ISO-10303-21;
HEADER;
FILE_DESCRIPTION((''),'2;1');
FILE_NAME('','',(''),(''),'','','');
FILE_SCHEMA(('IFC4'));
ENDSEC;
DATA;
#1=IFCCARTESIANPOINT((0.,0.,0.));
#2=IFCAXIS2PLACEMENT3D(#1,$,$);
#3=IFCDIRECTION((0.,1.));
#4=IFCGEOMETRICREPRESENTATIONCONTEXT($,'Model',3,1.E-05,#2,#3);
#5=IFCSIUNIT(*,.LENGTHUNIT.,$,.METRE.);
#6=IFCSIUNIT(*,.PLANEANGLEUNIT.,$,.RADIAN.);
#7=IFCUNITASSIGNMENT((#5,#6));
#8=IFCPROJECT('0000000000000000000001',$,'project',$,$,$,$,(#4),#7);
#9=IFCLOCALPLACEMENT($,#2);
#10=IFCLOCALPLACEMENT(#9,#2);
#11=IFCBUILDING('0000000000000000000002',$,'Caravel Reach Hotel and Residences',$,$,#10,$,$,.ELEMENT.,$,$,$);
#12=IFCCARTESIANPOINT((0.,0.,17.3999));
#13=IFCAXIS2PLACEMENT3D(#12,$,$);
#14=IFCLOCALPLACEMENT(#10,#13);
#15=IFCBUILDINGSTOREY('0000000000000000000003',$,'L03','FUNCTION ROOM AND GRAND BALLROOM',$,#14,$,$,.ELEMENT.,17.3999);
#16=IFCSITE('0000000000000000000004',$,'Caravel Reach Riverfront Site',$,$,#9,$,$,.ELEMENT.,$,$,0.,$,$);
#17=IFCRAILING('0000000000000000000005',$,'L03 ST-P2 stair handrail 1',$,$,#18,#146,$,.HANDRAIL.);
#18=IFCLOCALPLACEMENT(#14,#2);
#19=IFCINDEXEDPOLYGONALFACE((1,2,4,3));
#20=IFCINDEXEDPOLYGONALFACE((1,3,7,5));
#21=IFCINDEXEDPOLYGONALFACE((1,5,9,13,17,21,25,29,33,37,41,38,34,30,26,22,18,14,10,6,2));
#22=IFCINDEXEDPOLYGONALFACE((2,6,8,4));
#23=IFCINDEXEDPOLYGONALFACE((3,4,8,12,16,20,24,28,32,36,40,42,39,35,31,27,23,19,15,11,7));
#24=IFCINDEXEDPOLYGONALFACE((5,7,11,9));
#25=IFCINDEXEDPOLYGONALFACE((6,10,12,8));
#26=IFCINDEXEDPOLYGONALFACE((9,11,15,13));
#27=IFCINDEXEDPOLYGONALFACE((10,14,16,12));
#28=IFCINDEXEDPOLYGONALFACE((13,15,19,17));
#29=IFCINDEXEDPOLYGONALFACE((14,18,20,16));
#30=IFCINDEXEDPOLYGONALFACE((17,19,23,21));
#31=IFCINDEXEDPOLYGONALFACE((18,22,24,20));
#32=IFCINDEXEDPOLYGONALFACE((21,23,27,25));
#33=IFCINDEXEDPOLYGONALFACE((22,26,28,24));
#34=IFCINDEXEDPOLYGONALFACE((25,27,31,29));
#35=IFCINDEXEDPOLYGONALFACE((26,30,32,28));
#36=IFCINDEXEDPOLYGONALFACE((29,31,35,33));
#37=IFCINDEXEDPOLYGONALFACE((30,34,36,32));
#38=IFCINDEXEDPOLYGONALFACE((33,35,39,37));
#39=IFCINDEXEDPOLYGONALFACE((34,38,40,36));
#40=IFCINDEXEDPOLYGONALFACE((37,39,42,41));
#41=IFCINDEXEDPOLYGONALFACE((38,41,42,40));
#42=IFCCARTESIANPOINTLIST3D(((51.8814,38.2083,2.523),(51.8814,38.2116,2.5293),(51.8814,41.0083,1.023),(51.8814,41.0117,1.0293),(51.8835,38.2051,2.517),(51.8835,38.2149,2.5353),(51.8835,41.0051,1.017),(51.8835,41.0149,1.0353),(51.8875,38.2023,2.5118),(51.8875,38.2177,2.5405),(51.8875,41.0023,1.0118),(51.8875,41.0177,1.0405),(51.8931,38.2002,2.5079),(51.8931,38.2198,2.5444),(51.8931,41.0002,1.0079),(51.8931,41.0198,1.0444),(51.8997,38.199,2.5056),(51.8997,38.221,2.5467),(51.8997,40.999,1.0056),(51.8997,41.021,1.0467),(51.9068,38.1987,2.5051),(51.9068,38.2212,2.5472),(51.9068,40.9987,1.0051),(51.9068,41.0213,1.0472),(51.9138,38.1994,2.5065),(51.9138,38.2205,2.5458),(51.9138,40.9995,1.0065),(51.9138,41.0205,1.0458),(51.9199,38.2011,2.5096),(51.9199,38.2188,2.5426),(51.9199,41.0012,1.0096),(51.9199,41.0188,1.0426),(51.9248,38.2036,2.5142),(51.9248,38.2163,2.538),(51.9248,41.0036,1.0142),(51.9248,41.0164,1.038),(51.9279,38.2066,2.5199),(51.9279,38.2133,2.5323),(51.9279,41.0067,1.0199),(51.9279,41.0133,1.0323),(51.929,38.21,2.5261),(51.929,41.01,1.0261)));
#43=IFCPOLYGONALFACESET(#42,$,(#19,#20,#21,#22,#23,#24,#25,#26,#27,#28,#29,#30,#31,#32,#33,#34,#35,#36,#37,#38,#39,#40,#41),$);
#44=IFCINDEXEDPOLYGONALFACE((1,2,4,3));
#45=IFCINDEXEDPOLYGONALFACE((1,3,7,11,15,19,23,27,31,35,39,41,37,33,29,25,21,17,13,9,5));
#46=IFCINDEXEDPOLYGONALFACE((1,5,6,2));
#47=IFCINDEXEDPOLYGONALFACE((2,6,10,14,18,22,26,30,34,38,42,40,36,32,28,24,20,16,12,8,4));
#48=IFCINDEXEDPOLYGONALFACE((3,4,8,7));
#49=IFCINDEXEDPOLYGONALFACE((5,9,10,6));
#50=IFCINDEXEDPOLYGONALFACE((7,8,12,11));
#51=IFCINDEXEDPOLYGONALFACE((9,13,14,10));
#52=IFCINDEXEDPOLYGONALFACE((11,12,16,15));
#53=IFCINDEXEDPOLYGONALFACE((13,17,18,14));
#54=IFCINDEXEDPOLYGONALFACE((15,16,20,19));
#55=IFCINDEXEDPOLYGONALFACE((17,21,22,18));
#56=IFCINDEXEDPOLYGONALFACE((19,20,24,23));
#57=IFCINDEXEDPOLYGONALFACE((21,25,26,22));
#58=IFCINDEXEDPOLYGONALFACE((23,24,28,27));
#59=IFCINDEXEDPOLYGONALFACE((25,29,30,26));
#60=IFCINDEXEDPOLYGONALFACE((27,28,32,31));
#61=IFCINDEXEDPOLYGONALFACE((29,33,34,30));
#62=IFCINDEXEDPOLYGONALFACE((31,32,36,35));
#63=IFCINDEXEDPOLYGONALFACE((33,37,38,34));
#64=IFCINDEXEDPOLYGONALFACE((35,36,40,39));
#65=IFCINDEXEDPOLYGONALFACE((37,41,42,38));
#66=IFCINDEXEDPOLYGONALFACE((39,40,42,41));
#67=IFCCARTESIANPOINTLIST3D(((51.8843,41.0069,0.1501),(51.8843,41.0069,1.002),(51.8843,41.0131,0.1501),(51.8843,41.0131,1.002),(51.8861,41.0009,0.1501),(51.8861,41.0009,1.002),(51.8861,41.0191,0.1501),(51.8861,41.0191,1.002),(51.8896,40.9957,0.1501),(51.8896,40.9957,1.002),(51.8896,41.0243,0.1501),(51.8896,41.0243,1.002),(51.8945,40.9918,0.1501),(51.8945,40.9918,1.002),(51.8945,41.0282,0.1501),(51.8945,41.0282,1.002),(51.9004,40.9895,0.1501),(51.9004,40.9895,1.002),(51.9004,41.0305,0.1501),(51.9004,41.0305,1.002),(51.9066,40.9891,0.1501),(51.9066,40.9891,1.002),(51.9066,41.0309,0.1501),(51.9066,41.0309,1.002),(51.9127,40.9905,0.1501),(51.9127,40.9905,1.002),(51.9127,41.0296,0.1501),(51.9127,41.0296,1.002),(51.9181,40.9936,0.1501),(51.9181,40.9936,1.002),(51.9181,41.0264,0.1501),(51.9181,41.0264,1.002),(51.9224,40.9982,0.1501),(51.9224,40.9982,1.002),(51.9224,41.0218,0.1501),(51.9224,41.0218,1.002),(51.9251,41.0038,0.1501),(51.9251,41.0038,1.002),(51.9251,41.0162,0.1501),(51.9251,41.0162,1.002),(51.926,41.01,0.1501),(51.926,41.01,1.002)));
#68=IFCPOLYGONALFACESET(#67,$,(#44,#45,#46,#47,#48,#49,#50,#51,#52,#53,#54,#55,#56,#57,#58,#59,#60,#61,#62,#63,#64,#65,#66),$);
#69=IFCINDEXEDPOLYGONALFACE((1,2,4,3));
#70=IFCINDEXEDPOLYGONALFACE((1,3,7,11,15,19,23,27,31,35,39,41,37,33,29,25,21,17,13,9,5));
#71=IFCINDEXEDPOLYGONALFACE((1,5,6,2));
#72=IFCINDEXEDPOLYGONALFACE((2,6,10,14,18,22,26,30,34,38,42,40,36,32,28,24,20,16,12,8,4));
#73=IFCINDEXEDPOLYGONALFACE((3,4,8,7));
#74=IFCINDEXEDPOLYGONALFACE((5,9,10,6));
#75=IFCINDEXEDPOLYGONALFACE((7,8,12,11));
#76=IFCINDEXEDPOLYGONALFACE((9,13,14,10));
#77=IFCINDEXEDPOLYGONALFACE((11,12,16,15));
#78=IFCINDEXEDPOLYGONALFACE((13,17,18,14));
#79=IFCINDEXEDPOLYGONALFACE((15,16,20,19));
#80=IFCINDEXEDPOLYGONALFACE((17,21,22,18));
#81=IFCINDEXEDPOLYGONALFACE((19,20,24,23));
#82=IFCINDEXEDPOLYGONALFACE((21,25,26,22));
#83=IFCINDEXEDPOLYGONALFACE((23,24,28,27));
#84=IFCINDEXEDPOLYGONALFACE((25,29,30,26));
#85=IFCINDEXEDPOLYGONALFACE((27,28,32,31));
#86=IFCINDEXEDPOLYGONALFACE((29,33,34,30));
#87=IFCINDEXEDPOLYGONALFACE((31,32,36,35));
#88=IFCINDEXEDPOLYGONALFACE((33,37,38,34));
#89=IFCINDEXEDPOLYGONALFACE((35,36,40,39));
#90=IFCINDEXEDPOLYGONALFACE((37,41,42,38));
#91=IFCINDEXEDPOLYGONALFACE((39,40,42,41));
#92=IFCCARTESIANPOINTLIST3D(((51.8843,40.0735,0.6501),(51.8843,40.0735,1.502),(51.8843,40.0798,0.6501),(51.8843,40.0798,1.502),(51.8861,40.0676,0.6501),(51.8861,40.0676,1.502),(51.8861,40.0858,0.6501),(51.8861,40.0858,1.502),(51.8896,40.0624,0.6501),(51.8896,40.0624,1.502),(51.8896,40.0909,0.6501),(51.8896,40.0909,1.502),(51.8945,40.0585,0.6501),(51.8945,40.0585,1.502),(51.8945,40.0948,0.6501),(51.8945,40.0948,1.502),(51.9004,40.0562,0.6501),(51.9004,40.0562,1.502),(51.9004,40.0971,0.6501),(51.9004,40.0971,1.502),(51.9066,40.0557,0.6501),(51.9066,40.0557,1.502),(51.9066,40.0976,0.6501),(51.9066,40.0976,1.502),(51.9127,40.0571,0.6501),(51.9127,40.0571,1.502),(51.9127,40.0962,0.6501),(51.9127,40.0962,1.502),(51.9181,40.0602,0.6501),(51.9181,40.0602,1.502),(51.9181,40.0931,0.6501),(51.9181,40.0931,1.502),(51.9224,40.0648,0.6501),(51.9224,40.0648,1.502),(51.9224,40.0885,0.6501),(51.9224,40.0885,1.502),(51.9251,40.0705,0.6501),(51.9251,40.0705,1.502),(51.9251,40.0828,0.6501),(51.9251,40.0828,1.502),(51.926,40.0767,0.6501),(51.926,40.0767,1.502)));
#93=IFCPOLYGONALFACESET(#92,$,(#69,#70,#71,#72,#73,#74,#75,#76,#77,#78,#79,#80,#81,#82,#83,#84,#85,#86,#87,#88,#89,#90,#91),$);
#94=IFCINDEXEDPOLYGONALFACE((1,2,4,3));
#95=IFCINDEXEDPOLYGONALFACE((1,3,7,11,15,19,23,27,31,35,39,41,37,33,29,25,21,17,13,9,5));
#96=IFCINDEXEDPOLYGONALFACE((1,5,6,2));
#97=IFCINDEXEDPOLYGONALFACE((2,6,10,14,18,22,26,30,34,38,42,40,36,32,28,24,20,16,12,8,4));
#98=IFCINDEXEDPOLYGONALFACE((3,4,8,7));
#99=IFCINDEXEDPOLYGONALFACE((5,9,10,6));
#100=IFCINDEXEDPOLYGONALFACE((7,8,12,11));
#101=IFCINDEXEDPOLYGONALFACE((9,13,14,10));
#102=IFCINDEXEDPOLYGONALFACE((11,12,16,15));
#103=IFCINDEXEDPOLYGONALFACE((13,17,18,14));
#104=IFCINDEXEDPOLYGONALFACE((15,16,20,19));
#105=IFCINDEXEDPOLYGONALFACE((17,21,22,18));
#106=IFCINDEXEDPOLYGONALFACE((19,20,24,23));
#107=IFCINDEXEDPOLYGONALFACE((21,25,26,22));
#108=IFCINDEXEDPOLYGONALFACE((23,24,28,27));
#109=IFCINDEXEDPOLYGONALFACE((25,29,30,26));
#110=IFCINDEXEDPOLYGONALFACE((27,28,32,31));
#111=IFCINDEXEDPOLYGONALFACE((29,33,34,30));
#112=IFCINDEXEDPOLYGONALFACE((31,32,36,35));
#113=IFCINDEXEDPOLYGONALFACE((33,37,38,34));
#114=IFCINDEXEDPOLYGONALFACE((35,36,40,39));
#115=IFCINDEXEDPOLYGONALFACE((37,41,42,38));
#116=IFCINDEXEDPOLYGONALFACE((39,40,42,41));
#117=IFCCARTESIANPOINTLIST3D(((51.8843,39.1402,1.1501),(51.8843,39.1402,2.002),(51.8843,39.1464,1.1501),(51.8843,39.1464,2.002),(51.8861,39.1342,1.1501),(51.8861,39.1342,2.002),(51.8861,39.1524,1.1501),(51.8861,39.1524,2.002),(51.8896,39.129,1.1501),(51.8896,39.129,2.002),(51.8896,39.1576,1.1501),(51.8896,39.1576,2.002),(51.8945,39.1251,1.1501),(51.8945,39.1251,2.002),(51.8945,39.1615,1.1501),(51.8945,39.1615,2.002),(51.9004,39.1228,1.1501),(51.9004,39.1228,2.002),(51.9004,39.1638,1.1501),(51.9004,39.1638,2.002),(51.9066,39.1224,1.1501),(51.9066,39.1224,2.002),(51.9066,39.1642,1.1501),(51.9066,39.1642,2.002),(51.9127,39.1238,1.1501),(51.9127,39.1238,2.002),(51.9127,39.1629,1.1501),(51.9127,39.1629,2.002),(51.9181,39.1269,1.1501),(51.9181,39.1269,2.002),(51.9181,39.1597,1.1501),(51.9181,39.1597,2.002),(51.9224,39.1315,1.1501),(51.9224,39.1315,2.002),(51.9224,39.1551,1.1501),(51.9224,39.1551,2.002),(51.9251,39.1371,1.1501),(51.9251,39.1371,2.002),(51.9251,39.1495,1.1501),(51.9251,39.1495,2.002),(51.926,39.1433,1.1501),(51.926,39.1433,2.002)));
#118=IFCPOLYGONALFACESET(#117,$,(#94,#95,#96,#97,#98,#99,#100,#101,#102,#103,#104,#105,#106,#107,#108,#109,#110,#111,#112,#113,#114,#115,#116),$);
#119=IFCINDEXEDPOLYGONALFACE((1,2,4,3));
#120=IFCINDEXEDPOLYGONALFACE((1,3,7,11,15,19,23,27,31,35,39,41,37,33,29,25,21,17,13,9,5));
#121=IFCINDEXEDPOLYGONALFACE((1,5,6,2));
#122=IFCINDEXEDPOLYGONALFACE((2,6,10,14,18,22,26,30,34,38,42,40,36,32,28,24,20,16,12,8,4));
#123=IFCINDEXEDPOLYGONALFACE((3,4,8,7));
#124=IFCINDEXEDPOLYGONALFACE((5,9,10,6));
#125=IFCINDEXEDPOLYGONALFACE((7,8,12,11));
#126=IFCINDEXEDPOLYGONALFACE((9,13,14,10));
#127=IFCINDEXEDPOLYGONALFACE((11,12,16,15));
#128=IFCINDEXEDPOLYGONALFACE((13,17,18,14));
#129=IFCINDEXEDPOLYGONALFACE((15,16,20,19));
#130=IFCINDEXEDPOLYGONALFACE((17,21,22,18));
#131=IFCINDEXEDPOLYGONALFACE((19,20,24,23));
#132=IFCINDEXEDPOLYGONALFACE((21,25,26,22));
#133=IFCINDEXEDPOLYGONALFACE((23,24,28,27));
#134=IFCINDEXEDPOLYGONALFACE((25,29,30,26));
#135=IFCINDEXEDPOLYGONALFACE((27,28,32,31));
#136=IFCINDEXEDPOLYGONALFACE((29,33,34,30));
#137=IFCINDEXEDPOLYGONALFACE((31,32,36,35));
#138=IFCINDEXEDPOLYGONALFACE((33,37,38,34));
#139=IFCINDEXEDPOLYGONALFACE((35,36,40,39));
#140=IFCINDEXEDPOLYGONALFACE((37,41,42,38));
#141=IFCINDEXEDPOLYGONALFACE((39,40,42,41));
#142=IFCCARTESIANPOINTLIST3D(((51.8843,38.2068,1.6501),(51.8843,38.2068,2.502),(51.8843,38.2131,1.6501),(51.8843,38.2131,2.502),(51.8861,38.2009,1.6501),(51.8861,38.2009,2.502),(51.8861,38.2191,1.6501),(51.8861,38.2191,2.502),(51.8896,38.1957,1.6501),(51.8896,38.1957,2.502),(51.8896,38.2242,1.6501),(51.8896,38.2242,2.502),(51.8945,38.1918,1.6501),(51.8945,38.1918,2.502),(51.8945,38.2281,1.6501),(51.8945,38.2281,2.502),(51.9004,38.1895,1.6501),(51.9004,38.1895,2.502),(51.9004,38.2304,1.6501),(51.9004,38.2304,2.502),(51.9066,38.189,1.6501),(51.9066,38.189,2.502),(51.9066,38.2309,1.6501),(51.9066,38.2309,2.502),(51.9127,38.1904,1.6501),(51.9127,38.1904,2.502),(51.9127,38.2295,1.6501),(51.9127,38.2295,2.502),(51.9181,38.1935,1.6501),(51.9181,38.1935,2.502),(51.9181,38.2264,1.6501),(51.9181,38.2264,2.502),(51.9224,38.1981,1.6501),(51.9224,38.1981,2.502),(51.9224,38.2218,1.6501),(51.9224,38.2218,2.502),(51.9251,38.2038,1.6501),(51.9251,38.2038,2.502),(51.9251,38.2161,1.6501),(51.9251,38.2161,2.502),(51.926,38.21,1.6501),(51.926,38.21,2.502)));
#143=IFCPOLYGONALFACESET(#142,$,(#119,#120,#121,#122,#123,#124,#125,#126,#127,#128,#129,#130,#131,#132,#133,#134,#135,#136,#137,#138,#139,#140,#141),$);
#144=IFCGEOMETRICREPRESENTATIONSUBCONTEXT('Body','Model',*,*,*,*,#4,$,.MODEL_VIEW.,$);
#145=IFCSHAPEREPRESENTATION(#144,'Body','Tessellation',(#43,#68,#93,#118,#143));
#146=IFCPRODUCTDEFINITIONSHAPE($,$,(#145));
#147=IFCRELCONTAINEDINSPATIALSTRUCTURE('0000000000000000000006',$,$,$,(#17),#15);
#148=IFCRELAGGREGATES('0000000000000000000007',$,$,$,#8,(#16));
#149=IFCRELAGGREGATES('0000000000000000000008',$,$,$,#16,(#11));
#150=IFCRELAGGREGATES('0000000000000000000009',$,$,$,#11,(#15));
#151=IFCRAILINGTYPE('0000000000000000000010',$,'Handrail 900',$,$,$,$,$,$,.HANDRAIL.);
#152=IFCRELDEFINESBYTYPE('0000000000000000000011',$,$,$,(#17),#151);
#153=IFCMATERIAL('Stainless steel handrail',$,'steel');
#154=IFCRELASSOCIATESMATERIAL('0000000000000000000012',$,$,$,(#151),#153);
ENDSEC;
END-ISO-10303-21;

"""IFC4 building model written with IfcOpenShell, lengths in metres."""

from ifc_helpers import new_model, si_unit, direction, frame, origin, origin_2d, place, context, subcontext, project, spatial, circle, extrude, material, type_object, element, save


model = new_model("IFC4")

# Units and contexts
model_context = context("Model", 3, precision=1e-05, world=origin(), true_north=direction((0.0, 1.0)))
body_context = subcontext(model_context, "Body", "Model", "MODEL_VIEW")
ifc_project = project(units=[si_unit("LENGTHUNIT", "METRE"), si_unit("PLANEANGLEUNIT", "RADIAN")], contexts=[model_context])

# Site, building, storey
site_placement = place(None, origin())
site = spatial("IfcSite", under=ifc_project, at=site_placement, Name="Caravel Reach Riverfront Site", CompositionType="ELEMENT", RefElevation=0.0)
building_placement = place(site_placement, origin())
building = spatial("IfcBuilding", under=site, at=building_placement, Name="Caravel Reach Hotel and Residences", CompositionType="ELEMENT")
storey_placement = place(building_placement, frame((0.0, 0.0, 17.3999)))
storey = spatial("IfcBuildingStorey", under=building, at=storey_placement, Name="L03", Description="FUNCTION ROOM AND GRAND BALLROOM", CompositionType="ELEMENT", Elevation=17.3999)

# Railing
ifc_material_1 = material(Name="Stainless steel handrail", Category="steel")
railing_type_1 = type_object("IfcRailingType", Name="Handrail 900", PredefinedType="HANDRAIL", material=ifc_material_1)
for number, where, name in (
    (1, (51.905, 41.01, 0.1501), "L03 ST-P2 stair handrail 1"),
):
    element("IfcRailing", number, at=place(storey_placement, frame(where)), inside=storey, type_object=railing_type_1, Name=name, PredefinedType="HANDRAIL", context=body_context, shape_type="SweptSolid", body=[
        extrude(circle(Radius=0.0239, at=origin_2d()), frame((0.0, 0.0, 0.876), z_axis=(0.0, -0.881483, 0.472215), x_axis=(1.0, 0.0, 0.0)), (0.0, 0.0, 1.0), 3.1765),
        extrude(circle(Radius=0.021, at=origin_2d()), origin(), (0.0, 0.0, 1.0), 0.8518),
        extrude(circle(Radius=0.021, at=origin_2d()), frame((0.0, -0.9333, 0.5)), (0.0, 0.0, 1.0), 0.8518),
        extrude(circle(Radius=0.021, at=origin_2d()), frame((0.0, -1.8667, 1.0)), (0.0, 0.0, 1.0), 0.8518),
        extrude(circle(Radius=0.021, at=origin_2d()), frame((0.0, -2.8, 1.5)), (0.0, 0.0, 1.0), 0.8518),
    ])

save(model, "model.ifc")
